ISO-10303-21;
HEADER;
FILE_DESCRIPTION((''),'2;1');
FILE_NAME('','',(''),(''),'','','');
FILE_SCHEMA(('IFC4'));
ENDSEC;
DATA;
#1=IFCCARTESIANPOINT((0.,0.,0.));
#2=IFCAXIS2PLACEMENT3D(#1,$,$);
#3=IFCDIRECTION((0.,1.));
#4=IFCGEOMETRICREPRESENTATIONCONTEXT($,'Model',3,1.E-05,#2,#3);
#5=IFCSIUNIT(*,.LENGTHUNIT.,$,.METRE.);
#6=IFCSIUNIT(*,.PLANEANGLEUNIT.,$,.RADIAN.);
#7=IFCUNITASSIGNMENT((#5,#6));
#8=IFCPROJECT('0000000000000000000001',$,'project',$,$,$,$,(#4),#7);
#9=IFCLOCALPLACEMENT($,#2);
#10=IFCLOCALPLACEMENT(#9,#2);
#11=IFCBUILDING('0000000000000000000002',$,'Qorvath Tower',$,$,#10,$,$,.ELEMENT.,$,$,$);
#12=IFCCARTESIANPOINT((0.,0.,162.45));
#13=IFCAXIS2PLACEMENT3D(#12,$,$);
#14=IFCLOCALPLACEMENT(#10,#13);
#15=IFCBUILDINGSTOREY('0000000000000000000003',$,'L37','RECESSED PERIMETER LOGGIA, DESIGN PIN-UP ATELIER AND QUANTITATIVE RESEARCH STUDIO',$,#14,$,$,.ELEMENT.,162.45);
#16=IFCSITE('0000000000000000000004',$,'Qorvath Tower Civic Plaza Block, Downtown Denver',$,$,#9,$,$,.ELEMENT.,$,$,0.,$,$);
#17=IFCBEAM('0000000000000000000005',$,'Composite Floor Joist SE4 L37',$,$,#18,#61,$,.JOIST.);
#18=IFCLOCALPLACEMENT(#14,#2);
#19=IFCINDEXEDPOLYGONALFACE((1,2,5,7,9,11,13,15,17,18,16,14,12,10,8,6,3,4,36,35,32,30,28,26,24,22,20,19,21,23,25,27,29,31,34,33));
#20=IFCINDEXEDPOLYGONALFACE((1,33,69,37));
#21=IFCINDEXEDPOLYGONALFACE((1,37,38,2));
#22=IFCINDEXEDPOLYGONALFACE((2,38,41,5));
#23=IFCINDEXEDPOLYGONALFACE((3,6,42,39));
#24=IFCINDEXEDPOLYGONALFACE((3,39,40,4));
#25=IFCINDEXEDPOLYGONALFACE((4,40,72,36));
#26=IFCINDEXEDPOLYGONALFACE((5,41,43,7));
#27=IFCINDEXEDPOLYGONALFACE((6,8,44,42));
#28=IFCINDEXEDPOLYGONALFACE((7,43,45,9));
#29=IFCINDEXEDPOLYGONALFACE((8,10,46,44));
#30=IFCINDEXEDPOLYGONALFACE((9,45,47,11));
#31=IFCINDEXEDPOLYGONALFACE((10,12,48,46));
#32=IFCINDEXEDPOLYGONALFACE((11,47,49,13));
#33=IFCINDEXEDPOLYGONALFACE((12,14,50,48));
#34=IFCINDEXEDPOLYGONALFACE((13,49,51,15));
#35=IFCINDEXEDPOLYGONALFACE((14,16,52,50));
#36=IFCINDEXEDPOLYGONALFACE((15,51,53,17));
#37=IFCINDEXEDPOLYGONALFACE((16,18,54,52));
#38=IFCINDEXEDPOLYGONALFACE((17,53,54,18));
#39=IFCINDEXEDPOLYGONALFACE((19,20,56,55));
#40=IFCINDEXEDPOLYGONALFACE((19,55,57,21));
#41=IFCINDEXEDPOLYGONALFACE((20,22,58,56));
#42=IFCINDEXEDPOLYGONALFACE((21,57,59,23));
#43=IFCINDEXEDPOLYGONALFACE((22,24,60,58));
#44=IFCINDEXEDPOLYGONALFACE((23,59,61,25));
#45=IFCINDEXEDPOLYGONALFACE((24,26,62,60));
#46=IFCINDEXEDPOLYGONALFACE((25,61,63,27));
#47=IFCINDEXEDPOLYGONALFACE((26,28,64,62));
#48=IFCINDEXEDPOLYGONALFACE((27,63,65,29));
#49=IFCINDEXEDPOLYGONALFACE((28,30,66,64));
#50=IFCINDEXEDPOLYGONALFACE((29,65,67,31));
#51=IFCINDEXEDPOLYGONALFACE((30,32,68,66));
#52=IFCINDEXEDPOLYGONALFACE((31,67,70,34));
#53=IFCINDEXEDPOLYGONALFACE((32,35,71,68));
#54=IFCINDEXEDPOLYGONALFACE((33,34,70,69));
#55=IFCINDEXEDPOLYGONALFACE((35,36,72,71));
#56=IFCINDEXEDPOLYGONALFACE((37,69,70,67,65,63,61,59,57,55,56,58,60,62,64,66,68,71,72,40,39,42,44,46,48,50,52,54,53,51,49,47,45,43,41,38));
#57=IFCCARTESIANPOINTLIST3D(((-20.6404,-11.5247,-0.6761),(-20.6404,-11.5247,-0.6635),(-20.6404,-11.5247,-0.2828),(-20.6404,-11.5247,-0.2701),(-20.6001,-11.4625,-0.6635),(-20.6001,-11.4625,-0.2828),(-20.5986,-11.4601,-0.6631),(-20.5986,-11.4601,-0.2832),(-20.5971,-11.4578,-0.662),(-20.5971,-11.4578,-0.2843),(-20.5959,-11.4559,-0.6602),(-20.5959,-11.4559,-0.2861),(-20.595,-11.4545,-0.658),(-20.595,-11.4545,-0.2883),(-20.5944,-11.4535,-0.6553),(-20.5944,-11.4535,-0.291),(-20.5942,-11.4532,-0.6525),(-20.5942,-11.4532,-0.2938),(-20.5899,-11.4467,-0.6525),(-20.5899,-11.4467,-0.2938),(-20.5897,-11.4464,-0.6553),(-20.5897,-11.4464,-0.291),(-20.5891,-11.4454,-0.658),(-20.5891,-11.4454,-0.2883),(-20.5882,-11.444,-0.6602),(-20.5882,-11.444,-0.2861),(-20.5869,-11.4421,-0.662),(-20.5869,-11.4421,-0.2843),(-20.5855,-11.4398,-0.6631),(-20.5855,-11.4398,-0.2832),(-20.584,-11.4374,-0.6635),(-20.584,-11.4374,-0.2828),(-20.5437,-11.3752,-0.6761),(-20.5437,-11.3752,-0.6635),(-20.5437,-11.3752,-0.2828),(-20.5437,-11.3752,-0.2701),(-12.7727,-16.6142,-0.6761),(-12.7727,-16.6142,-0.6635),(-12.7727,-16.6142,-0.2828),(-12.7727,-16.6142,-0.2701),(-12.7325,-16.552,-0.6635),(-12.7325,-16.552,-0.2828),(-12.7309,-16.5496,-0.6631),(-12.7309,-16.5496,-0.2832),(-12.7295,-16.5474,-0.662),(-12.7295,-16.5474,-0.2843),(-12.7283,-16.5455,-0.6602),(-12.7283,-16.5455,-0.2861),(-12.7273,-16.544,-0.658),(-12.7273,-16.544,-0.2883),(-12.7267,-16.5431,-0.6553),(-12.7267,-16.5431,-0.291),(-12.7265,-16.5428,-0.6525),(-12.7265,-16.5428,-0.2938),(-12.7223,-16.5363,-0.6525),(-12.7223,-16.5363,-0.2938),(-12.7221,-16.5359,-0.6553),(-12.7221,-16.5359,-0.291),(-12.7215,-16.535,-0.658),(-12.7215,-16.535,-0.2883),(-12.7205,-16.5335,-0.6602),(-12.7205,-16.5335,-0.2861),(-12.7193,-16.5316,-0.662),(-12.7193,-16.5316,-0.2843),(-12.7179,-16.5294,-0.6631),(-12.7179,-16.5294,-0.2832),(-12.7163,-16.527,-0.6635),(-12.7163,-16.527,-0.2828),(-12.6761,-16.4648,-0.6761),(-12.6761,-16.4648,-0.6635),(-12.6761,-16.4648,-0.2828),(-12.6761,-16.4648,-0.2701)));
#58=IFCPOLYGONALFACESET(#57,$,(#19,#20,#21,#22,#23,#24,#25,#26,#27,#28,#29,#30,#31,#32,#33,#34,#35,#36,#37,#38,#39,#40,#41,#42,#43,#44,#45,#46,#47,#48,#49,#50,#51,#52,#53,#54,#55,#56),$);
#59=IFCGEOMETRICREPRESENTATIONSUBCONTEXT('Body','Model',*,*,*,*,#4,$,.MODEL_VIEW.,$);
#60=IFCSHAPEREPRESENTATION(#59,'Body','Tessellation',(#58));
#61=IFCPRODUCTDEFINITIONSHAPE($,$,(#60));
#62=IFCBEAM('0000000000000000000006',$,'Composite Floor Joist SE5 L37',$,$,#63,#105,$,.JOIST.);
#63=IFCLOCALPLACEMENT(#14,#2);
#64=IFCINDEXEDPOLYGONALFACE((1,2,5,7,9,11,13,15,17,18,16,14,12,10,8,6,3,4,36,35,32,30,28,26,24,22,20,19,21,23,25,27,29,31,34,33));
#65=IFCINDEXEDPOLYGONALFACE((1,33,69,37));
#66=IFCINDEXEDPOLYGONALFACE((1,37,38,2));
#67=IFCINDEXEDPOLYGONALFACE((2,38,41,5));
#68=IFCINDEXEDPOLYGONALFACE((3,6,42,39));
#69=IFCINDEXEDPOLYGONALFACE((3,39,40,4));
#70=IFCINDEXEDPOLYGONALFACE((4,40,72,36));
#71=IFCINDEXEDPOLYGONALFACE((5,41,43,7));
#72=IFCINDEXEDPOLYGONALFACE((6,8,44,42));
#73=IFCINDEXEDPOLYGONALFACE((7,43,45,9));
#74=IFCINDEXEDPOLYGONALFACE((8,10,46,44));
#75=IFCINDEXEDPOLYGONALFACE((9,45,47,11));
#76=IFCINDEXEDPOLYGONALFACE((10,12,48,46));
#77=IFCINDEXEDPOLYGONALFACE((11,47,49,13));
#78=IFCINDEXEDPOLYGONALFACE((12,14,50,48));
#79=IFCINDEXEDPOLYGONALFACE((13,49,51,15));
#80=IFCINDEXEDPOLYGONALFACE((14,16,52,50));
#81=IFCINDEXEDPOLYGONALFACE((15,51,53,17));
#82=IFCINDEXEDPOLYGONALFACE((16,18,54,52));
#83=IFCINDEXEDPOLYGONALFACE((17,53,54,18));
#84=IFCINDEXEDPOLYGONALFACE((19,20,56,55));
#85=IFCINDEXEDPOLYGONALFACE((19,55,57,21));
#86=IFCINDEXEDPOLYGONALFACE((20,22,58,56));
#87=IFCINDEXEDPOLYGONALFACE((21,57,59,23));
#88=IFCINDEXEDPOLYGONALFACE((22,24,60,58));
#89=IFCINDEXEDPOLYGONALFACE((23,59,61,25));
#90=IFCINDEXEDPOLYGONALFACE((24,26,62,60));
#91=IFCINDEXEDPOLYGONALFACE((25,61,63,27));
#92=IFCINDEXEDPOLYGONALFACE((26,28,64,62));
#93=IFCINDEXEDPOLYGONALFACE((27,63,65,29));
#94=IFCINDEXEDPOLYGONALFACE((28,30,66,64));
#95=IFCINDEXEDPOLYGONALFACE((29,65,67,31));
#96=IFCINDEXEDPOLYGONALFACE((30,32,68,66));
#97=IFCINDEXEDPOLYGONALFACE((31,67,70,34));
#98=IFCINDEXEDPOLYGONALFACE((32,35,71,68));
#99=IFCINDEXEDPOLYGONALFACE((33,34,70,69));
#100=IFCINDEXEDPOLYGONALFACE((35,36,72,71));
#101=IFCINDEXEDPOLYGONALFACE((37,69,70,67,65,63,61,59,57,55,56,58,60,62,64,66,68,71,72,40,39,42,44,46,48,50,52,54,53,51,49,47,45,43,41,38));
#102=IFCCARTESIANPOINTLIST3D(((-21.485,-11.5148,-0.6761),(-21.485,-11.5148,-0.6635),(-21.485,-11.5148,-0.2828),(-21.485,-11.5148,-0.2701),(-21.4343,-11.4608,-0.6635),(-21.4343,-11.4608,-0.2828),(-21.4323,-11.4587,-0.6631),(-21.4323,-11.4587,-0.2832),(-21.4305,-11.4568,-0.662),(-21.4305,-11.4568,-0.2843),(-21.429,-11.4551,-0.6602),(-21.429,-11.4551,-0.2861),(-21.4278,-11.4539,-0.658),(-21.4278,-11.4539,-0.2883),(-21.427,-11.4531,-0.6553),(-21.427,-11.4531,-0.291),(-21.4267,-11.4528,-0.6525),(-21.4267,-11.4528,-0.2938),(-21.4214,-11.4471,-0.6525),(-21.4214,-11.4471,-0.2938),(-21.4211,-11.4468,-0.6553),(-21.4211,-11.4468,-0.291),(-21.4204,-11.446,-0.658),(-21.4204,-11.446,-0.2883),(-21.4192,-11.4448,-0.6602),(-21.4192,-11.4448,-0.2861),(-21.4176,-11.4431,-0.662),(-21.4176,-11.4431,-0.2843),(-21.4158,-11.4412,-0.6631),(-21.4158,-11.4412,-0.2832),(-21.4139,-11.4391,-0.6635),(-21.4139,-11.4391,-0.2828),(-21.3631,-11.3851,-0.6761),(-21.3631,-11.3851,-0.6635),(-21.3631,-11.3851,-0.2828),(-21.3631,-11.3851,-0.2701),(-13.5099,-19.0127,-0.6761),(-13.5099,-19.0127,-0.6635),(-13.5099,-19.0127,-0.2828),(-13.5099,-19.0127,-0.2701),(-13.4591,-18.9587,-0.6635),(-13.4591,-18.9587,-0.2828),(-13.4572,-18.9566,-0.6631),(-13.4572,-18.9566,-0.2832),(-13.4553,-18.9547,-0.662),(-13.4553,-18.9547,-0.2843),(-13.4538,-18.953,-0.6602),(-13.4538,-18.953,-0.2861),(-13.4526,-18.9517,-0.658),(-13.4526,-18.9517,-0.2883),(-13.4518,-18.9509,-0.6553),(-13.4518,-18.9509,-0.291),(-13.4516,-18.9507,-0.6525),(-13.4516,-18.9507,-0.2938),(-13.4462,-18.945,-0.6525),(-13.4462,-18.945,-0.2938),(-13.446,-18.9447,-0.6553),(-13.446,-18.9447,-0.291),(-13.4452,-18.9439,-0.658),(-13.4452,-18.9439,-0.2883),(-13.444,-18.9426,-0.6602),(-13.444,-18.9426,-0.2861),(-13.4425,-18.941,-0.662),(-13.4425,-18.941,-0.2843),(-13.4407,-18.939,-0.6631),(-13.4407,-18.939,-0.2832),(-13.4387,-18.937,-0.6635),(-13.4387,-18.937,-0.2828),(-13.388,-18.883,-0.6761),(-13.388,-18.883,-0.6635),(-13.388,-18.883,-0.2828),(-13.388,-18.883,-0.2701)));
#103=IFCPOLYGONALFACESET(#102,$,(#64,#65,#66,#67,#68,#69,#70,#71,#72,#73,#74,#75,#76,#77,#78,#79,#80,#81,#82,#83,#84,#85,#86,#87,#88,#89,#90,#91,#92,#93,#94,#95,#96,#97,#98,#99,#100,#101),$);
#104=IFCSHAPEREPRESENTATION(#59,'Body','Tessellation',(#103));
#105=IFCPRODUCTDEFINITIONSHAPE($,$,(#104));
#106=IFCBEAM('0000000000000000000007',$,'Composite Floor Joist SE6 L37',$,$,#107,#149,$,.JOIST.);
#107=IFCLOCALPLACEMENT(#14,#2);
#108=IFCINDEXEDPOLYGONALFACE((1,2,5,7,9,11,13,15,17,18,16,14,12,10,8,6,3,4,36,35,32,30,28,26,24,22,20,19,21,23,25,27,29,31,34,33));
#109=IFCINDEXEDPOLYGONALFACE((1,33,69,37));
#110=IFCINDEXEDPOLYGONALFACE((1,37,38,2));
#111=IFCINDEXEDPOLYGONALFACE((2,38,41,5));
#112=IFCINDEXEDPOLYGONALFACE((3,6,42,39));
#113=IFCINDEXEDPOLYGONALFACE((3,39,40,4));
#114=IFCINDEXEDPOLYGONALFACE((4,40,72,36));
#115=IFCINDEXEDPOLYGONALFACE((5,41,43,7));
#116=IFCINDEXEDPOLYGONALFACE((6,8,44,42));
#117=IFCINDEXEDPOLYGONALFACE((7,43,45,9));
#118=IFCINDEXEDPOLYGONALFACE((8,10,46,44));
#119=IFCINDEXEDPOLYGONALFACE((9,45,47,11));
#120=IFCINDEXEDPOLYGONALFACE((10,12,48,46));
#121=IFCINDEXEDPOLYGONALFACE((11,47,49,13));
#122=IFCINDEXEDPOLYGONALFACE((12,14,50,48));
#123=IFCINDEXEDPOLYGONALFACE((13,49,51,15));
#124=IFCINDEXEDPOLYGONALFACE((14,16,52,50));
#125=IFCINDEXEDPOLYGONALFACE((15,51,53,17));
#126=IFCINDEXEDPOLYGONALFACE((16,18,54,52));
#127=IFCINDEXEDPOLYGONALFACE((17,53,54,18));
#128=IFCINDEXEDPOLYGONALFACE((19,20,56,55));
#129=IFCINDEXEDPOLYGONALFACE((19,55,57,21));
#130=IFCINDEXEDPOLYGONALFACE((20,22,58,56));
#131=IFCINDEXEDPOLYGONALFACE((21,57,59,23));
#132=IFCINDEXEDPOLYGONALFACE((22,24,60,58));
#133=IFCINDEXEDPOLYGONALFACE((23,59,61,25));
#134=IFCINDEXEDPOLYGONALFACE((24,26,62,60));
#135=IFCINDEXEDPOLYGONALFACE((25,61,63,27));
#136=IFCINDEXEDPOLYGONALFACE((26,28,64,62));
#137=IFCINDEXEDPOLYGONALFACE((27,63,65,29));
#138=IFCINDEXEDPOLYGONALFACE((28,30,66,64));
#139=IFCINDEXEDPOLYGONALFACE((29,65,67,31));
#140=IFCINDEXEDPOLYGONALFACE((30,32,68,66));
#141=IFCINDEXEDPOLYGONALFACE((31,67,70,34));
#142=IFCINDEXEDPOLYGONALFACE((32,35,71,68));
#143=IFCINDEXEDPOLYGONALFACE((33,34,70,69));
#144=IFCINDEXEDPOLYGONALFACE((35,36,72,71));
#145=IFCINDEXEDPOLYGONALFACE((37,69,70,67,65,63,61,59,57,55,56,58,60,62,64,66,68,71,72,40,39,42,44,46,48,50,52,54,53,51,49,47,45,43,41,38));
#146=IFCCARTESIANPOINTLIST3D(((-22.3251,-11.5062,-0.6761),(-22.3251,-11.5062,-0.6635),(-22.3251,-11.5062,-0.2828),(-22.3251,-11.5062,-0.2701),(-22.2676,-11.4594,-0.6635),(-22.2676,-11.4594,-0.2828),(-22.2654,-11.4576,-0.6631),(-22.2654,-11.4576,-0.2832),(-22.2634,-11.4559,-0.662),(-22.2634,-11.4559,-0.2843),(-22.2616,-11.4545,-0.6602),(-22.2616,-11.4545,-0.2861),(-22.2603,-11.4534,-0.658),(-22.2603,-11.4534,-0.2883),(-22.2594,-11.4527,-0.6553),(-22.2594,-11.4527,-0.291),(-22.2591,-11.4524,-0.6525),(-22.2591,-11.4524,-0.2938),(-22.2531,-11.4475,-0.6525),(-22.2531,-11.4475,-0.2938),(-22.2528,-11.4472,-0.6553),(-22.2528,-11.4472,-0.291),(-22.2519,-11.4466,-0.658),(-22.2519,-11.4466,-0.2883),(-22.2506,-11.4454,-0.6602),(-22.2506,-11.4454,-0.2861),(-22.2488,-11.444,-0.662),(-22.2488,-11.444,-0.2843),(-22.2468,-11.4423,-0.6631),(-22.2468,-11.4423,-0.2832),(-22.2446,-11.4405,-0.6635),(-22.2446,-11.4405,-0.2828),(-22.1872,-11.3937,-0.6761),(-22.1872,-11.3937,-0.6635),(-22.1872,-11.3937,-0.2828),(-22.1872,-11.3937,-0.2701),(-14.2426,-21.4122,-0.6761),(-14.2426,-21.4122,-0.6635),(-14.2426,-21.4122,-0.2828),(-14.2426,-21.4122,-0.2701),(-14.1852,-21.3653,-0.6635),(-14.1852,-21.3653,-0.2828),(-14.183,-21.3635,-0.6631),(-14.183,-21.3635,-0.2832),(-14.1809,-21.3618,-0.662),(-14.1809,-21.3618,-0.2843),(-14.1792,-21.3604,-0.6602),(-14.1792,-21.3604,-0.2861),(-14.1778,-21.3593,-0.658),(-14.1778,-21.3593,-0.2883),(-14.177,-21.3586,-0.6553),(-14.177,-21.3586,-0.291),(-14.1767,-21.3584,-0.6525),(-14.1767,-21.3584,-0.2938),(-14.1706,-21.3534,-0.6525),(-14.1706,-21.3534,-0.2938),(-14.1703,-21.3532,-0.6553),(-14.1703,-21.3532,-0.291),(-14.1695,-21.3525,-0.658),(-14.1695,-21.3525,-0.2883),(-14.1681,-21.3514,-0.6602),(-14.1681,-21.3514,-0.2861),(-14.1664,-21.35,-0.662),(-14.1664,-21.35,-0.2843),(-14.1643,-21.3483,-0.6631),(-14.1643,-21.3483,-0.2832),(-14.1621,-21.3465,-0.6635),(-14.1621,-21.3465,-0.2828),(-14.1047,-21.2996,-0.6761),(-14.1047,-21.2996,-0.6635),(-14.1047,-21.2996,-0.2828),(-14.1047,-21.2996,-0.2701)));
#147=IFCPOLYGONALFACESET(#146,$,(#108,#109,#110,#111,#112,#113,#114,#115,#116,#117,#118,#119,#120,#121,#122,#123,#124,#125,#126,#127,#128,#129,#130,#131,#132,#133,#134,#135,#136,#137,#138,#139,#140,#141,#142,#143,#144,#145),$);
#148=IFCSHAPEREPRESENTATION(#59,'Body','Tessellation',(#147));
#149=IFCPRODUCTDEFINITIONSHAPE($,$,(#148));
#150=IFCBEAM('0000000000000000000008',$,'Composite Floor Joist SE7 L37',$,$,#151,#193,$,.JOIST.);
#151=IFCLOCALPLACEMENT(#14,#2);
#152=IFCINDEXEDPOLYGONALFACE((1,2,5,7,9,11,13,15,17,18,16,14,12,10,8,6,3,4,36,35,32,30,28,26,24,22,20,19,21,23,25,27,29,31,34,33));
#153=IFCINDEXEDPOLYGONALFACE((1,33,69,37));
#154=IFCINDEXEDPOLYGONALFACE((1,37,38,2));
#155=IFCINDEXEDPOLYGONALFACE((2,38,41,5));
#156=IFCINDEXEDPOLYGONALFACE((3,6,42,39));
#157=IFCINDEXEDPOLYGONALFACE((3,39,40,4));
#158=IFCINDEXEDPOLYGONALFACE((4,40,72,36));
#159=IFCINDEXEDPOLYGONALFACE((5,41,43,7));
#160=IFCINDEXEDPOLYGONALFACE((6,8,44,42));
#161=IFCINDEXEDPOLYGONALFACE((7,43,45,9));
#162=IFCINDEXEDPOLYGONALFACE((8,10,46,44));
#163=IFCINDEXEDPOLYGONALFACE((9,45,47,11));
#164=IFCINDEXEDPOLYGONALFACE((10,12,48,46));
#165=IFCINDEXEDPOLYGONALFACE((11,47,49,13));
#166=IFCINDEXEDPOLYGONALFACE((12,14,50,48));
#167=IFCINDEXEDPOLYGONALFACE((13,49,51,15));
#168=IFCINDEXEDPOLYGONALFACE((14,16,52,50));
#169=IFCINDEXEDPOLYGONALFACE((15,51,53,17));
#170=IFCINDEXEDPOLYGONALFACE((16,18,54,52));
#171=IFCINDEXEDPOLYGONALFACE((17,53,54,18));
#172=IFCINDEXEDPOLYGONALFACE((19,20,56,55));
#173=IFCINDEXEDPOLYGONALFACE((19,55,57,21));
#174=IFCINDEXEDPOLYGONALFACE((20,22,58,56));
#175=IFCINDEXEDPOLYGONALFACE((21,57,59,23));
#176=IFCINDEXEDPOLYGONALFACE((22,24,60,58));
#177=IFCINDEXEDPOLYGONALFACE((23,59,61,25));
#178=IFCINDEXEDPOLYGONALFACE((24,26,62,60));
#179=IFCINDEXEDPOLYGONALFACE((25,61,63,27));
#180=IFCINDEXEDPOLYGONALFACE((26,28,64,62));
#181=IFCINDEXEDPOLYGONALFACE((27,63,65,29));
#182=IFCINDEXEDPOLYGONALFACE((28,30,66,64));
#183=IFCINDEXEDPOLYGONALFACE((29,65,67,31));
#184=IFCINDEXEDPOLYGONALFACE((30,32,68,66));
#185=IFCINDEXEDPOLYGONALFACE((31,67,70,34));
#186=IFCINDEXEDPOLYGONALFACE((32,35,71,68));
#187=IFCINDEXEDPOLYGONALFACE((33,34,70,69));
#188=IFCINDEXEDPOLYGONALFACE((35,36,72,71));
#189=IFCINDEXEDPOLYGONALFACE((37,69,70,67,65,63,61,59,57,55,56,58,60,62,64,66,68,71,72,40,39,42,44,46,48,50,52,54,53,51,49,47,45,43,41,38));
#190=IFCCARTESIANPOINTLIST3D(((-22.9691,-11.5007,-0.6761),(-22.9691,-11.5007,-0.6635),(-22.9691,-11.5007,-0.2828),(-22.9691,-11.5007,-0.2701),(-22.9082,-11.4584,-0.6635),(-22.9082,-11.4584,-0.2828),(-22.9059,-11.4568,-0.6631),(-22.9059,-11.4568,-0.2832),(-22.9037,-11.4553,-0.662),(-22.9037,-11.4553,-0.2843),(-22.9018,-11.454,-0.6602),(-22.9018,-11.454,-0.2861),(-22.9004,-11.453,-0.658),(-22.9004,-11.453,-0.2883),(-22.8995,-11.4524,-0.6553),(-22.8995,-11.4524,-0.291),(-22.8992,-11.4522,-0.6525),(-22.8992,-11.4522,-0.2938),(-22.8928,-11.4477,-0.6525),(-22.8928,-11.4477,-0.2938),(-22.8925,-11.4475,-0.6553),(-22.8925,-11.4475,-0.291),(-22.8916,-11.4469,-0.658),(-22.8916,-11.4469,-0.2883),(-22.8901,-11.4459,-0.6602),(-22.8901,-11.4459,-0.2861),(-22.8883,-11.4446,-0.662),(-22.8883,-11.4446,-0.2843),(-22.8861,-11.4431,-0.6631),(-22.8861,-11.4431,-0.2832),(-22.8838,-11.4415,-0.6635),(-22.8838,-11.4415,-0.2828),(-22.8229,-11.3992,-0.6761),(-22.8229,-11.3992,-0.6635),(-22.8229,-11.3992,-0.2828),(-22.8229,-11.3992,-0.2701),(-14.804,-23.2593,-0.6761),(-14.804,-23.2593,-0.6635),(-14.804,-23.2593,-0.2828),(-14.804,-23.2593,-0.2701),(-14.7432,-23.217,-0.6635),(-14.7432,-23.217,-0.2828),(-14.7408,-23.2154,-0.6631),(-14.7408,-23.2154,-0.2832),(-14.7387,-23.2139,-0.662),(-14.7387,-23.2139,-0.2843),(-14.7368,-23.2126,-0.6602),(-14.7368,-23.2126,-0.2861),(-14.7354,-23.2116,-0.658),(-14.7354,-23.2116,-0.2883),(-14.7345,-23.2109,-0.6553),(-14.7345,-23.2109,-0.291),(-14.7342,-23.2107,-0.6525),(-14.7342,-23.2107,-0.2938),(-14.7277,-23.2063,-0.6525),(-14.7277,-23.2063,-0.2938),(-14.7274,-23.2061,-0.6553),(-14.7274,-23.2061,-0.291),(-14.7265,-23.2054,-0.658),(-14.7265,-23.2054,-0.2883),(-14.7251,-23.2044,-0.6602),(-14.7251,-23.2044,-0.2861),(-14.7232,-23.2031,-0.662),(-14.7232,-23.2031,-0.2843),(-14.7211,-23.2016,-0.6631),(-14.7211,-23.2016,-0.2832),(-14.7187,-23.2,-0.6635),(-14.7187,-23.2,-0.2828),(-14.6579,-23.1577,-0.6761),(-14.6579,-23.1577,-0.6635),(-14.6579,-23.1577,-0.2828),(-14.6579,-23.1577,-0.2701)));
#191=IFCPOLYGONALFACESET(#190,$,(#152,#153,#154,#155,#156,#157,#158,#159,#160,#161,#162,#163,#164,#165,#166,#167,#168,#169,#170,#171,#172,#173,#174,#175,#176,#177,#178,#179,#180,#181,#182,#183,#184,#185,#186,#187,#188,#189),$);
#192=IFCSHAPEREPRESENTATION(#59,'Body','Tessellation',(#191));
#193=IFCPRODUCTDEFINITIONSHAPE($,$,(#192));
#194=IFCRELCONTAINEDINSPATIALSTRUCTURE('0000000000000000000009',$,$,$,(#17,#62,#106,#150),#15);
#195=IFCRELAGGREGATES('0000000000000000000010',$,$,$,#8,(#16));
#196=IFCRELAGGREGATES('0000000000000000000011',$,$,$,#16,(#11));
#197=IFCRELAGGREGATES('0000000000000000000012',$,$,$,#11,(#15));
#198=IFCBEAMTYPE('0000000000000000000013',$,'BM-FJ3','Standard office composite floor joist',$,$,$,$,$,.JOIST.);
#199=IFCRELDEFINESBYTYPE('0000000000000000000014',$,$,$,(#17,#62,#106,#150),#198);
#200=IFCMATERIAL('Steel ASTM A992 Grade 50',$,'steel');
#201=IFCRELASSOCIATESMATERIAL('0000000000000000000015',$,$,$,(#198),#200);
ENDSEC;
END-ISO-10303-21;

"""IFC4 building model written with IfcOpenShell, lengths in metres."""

from ifc_helpers import new_model, si_unit, direction, frame, origin, origin_2d, place, context, subcontext, project, spatial, i_section, extrude, material, material_profile, profile_set, type_object, element, save


model = new_model("IFC4")

# Units and contexts
model_context = context("Model", 3, precision=1e-05, world=origin(), true_north=direction((0.0, 1.0)))
body_context = subcontext(model_context, "Body", "Model", "MODEL_VIEW")
ifc_project = project(units=[si_unit("LENGTHUNIT", "METRE"), si_unit("PLANEANGLEUNIT", "RADIAN")], contexts=[model_context])

# Site, building, storey
site_placement = place(None, origin())
site = spatial("IfcSite", under=ifc_project, at=site_placement, Name="Qorvath Tower Civic Plaza Block, Downtown Denver", CompositionType="ELEMENT", RefElevation=0.0)
building_placement = place(site_placement, origin())
building = spatial("IfcBuilding", under=site, at=building_placement, Name="Qorvath Tower", CompositionType="ELEMENT")
storey_placement = place(building_placement, frame((0.0, 0.0, 162.45)))
storey = spatial("IfcBuildingStorey", under=building, at=storey_placement, Name="L37", Description="RECESSED PERIMETER LOGGIA, DESIGN PIN-UP ATELIER AND QUANTITATIVE RESEARCH STUDIO", CompositionType="ELEMENT", Elevation=162.45)

# Beams
ifc_material_1 = material(Name="Steel ASTM A992 Grade 50", Category="steel")
ifc_material_profile_1 = material_profile(ifc_material_1, i_section(OverallWidth=0.178, OverallDepth=0.406, WebThickness=0.0078, FlangeThickness=0.0127, FilletRadius=0.011, at=origin_2d()), Name="W16x40")
ifc_profile_set_1 = profile_set([ifc_material_profile_1], Name="Steel ASTM A992 Grade 50")
beam_type_1 = type_object("IfcBeamType", Name="BM-FJ3", Description="Standard office composite floor joist", PredefinedType="JOIST", material=ifc_profile_set_1)
beam_1_placement = place(storey_placement, frame((-20.592, -11.45, -0.4731), z_axis=(0.839631, -0.543157, 0.0), x_axis=(0.543157, 0.839631, 0.0)))
element("IfcBeam", 1, at=beam_1_placement, inside=storey, type_object=beam_type_1, Name="Composite Floor Joist SE4 L37", PredefinedType="JOIST", context=body_context, shape_type="SweptSolid", body=[
    extrude(i_section(OverallWidth=0.178, OverallDepth=0.406, WebThickness=0.0078, FlangeThickness=0.0127, FilletRadius=0.011, at=origin_2d()), origin(), (0.0, 0.0, 1.0), 9.3704),
])
beam_2_placement = place(storey_placement, frame((-21.4241, -11.45, -0.4731), z_axis=(0.728572, -0.684969, 0.0), x_axis=(0.684969, 0.728572, 0.0)))
element("IfcBeam", 2, at=beam_2_placement, inside=storey, type_object=beam_type_1, Name="Composite Floor Joist SE5 L37", PredefinedType="JOIST", context=body_context, shape_type="SweptSolid", body=[
    extrude(i_section(OverallWidth=0.178, OverallDepth=0.406, WebThickness=0.0078, FlangeThickness=0.0127, FilletRadius=0.011, at=origin_2d()), origin(), (0.0, 0.0, 1.0), 10.9463),
])
beam_3_placement = place(storey_placement, frame((-22.2561, -11.45, -0.4731), z_axis=(0.632188, -0.774815, 0.0), x_axis=(0.774815, 0.632188, 0.0)))
element("IfcBeam", 3, at=beam_3_placement, inside=storey, type_object=beam_type_1, Name="Composite Floor Joist SE6 L37", PredefinedType="JOIST", context=body_context, shape_type="SweptSolid", body=[
    extrude(i_section(OverallWidth=0.178, OverallDepth=0.406, WebThickness=0.0078, FlangeThickness=0.0127, FilletRadius=0.011, at=origin_2d()), origin(), (0.0, 0.0, 1.0), 12.7849),
])
beam_4_placement = place(storey_placement, frame((-22.896, -11.45, -0.4731), z_axis=(0.570367, -0.82139, 0.0), x_axis=(0.82139, 0.570367, 0.0)))
element("IfcBeam", 4, at=beam_4_placement, inside=storey, type_object=beam_type_1, Name="Composite Floor Joist SE7 L37", PredefinedType="JOIST", context=body_context, shape_type="SweptSolid", body=[
    extrude(i_section(OverallWidth=0.178, OverallDepth=0.406, WebThickness=0.0078, FlangeThickness=0.0127, FilletRadius=0.011, at=origin_2d()), origin(), (0.0, 0.0, 1.0), 14.3154),
])

save(model, "model.ifc")
